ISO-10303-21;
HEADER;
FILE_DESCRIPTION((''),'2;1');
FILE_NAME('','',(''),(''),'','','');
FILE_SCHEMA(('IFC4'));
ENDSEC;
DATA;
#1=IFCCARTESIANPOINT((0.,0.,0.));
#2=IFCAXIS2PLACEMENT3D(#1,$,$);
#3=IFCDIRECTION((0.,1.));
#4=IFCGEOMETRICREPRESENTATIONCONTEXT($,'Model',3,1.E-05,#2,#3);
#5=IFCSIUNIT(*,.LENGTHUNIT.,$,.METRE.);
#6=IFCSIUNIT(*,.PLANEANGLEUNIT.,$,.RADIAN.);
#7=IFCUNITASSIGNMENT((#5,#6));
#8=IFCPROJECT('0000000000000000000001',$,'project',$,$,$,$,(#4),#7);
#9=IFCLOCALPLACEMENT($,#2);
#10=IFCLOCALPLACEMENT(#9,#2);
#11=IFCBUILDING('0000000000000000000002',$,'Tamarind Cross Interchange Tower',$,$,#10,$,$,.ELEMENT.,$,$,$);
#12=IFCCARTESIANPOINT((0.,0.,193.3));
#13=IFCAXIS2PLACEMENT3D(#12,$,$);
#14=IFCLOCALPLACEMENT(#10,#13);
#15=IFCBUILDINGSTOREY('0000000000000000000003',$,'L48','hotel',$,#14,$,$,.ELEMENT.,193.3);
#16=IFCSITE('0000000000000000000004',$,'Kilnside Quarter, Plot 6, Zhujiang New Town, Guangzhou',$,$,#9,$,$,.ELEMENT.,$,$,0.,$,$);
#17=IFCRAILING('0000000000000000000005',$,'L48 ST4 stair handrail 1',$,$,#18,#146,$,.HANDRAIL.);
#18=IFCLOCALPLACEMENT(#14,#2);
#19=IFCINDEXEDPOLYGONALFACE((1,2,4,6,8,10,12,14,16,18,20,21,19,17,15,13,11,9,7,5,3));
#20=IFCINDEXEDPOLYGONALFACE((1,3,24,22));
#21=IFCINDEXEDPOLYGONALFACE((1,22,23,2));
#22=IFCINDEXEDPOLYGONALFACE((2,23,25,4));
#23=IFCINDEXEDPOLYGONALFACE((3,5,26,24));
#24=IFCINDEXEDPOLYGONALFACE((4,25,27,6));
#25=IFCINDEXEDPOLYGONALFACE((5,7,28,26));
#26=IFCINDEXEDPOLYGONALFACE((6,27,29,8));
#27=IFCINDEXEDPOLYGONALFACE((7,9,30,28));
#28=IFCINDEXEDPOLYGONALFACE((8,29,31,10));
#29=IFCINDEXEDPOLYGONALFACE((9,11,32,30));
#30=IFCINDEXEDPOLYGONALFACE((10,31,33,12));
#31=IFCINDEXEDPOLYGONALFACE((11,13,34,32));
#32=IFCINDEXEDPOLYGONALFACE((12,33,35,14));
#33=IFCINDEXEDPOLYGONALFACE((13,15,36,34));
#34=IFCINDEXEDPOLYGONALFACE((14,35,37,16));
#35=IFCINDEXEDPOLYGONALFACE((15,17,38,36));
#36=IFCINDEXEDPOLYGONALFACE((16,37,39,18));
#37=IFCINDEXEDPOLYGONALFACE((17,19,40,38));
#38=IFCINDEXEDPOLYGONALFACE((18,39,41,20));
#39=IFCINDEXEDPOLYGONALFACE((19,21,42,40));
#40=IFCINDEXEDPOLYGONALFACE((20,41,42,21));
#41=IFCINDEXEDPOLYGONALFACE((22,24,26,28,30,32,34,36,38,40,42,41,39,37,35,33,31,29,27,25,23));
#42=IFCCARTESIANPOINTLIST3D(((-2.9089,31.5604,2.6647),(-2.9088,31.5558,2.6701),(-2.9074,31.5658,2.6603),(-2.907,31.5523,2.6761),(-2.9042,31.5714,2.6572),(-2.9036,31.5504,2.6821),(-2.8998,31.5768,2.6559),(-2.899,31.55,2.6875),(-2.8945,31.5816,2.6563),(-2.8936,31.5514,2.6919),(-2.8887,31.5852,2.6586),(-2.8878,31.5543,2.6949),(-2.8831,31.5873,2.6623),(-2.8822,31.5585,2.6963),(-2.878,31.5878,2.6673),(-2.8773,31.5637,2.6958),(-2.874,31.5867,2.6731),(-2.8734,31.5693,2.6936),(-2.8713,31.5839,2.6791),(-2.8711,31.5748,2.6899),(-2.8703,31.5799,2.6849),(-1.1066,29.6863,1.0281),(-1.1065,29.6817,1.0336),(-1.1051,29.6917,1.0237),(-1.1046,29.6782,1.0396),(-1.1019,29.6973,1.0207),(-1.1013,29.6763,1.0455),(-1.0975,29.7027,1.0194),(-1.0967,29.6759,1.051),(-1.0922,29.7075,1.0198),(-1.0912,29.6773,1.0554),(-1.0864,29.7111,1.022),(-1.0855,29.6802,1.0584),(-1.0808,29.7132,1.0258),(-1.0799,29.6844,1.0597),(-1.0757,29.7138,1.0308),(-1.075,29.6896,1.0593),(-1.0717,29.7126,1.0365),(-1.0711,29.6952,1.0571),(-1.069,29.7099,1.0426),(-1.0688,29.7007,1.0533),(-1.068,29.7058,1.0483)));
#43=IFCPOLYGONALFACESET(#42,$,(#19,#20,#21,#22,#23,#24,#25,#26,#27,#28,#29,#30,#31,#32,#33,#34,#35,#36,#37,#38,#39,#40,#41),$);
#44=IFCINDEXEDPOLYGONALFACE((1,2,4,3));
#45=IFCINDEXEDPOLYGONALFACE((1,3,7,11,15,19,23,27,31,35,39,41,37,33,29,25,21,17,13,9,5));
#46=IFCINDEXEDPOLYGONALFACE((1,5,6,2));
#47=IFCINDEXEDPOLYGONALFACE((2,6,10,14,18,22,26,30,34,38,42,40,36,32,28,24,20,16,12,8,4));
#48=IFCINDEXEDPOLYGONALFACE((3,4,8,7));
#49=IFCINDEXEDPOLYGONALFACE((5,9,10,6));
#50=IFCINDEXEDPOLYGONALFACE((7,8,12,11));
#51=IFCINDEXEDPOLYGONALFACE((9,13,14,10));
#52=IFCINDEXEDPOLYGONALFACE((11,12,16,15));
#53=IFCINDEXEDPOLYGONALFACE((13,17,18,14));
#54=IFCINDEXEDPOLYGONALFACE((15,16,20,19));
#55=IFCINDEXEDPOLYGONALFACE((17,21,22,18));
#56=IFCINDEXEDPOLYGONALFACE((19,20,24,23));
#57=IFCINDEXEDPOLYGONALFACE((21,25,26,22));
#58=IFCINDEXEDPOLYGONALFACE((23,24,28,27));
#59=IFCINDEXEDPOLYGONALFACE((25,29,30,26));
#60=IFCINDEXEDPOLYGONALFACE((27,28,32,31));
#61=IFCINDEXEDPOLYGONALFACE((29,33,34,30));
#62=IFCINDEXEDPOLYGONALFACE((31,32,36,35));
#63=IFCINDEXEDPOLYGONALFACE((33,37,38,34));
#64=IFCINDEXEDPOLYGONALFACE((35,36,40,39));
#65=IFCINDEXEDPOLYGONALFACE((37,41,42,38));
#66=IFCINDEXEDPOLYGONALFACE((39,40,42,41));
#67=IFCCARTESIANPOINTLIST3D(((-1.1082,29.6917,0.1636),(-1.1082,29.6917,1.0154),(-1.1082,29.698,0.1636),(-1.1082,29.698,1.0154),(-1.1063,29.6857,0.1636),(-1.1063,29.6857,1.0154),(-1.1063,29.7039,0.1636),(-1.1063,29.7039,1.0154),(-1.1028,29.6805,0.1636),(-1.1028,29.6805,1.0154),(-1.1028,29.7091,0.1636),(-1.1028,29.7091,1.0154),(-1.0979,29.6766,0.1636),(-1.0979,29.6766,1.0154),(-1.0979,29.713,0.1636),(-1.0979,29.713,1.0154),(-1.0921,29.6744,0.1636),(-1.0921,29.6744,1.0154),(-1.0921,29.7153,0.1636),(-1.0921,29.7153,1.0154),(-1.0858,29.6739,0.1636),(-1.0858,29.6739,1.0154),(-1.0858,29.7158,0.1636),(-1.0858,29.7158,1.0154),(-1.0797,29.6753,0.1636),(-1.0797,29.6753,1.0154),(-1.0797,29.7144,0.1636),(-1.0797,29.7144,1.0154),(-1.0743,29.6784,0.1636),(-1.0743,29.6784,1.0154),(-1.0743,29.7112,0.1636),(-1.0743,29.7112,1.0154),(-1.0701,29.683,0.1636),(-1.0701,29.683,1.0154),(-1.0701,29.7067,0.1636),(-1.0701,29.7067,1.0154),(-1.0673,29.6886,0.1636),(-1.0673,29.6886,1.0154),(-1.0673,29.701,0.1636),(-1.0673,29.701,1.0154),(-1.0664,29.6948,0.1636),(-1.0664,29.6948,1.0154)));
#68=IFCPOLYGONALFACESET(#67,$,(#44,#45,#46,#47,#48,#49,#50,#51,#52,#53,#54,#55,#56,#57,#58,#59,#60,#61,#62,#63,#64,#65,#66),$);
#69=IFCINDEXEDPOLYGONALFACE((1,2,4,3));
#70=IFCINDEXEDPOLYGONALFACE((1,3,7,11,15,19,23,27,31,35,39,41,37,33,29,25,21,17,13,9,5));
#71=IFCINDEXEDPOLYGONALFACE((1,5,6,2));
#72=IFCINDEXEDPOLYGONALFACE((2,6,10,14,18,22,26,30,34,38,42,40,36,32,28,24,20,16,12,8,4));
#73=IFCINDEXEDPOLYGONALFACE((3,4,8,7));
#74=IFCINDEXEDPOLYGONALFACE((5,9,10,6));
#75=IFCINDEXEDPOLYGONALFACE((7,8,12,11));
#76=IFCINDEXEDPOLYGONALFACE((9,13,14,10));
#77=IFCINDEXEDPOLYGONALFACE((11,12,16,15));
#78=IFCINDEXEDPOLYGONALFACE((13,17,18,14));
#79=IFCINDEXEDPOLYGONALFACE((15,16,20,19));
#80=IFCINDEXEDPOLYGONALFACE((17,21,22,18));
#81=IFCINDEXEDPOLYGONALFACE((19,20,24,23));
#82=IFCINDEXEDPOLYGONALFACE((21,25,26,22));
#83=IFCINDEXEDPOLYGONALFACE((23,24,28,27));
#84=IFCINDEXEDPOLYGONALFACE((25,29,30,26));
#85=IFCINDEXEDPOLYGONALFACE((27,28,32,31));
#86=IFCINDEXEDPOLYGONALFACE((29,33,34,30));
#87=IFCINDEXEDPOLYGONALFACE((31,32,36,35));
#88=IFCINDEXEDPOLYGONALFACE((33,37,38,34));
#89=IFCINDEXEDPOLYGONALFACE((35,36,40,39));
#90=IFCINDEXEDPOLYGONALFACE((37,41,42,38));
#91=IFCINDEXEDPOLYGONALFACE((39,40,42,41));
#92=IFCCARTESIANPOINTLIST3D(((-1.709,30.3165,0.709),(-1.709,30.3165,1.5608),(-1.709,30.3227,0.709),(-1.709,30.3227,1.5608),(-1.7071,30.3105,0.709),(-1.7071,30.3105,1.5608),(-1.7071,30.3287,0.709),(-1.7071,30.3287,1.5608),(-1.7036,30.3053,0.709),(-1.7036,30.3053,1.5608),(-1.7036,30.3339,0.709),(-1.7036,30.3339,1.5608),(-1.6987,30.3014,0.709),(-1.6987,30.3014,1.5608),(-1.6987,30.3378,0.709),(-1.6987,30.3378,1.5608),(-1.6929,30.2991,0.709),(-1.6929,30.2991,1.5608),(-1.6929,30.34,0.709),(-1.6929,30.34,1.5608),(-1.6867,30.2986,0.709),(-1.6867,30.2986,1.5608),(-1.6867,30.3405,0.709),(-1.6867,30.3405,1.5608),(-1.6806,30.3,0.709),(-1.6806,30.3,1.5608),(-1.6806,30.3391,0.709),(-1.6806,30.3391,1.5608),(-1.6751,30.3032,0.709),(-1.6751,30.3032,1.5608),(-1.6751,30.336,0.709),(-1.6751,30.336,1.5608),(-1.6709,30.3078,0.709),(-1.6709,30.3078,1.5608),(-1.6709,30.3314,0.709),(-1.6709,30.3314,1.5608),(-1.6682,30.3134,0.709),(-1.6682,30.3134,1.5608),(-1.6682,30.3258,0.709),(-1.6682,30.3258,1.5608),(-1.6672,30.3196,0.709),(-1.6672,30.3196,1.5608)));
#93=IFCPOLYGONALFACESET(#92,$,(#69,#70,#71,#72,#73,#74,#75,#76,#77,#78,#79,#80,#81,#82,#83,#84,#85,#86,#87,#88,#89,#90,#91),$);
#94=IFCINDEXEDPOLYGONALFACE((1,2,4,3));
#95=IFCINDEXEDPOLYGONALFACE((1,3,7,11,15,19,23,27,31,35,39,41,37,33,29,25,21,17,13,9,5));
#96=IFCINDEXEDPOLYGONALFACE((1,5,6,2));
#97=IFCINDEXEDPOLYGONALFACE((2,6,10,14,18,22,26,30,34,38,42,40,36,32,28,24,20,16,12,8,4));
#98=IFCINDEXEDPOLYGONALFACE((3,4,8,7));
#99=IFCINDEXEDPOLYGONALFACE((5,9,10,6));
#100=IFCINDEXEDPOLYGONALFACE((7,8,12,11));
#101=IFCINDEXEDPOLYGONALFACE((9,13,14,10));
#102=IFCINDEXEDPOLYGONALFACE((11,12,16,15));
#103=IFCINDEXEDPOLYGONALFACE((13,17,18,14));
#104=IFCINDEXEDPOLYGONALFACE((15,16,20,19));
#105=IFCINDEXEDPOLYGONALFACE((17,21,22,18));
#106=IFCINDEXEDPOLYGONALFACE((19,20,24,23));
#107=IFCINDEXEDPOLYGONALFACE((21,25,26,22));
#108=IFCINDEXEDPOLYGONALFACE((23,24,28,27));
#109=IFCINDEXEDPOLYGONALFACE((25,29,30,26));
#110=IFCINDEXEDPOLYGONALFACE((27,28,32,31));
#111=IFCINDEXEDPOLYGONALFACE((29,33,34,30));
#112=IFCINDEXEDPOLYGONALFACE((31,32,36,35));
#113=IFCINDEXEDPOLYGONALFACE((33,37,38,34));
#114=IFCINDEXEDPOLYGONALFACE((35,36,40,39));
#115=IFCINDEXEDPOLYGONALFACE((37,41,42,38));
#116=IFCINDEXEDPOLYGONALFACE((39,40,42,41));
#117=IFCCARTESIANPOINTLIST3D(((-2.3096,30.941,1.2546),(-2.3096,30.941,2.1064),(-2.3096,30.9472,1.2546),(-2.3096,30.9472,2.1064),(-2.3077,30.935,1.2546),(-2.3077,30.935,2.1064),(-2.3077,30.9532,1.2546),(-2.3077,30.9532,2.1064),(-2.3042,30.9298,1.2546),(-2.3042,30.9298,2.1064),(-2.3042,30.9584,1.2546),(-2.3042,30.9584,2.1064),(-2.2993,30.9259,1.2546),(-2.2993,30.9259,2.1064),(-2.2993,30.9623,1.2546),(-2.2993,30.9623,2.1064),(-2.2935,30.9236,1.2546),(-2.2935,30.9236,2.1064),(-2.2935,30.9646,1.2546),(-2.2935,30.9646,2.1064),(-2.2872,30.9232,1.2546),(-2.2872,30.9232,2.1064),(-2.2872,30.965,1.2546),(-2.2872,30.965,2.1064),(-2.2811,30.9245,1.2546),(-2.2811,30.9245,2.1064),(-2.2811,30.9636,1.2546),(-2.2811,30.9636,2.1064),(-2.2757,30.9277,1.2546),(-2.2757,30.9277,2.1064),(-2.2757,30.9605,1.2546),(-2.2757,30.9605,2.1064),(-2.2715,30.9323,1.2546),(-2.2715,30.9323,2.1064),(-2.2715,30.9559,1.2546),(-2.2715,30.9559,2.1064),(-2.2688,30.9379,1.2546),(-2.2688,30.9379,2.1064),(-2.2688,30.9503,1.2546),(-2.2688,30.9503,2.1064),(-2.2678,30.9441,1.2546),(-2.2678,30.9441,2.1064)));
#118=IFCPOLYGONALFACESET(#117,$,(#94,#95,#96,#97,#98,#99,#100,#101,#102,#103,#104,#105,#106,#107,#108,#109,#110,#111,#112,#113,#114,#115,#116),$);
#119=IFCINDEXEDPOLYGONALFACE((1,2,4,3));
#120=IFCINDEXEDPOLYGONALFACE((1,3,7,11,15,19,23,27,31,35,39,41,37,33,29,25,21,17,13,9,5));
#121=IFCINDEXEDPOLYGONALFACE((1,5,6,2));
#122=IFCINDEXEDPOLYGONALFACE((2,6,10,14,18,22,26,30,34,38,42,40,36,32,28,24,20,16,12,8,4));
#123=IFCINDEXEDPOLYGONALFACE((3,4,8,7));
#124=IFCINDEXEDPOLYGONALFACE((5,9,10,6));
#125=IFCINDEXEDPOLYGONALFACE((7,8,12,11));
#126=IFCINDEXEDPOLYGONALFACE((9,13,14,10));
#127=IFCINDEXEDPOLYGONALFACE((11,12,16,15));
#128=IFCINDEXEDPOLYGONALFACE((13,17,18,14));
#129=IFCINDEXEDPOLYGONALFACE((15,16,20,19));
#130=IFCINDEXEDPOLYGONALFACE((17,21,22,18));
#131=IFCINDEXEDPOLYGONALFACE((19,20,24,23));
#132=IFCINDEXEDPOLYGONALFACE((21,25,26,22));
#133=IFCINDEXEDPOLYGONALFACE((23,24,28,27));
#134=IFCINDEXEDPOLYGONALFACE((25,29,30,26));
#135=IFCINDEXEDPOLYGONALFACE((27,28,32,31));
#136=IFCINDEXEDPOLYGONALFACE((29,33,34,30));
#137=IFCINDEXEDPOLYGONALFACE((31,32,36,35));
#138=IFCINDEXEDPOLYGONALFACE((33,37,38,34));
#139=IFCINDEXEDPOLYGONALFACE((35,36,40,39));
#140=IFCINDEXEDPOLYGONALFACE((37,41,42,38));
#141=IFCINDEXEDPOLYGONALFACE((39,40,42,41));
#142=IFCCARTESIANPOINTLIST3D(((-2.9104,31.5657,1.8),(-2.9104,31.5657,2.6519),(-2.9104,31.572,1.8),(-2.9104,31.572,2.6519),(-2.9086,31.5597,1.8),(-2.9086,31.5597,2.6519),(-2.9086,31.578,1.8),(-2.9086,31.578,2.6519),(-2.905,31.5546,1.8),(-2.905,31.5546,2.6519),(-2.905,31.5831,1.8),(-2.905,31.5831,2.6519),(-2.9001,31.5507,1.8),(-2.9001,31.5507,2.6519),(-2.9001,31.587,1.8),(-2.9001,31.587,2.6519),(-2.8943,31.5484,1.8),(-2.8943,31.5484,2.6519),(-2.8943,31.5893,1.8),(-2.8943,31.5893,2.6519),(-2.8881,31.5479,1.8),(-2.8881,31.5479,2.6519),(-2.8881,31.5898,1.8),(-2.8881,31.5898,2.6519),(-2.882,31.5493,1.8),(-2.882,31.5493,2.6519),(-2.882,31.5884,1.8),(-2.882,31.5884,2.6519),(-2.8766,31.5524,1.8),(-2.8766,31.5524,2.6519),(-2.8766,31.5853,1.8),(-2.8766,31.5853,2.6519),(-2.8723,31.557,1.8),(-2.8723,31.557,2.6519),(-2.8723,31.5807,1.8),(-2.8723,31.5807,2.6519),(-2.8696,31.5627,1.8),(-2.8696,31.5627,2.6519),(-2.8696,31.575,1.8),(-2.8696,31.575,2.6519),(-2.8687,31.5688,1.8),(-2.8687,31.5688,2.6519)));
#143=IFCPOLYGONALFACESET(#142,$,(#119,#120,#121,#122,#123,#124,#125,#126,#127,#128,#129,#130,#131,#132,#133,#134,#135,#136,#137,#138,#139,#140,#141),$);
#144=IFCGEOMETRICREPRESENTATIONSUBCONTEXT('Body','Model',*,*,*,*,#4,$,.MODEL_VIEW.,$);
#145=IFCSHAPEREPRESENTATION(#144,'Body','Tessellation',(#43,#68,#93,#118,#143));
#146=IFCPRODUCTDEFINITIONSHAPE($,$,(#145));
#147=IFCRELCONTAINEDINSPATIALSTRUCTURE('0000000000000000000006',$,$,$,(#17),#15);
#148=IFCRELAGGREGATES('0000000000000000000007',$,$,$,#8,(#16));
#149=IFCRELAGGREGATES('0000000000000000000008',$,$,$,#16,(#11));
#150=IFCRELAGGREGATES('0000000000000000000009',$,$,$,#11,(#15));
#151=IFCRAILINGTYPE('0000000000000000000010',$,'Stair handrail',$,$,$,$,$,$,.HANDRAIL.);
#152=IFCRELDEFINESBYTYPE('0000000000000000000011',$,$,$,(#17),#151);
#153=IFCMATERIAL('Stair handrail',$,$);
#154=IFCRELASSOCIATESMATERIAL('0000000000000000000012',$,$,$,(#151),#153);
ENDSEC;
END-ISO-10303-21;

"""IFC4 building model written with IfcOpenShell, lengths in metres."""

from ifc_helpers import new_model, si_unit, direction, frame, origin, origin_2d, place, context, subcontext, project, spatial, circle, extrude, material, type_object, element, save


model = new_model("IFC4")

# Units and contexts
model_context = context("Model", 3, precision=1e-05, world=origin(), true_north=direction((0.0, 1.0)))
body_context = subcontext(model_context, "Body", "Model", "MODEL_VIEW")
ifc_project = project(units=[si_unit("LENGTHUNIT", "METRE"), si_unit("PLANEANGLEUNIT", "RADIAN")], contexts=[model_context])

# Site, building, storey
site_placement = place(None, origin())
site = spatial("IfcSite", under=ifc_project, at=site_placement, Name="Kilnside Quarter, Plot 6, Zhujiang New Town, Guangzhou", CompositionType="ELEMENT", RefElevation=0.0)
building_placement = place(site_placement, origin())
building = spatial("IfcBuilding", under=site, at=building_placement, Name="Tamarind Cross Interchange Tower", CompositionType="ELEMENT")
storey_placement = place(building_placement, frame((0.0, 0.0, 193.3)))
storey = spatial("IfcBuildingStorey", under=building, at=storey_placement, Name="L48", Description="hotel", CompositionType="ELEMENT", Elevation=193.3)

# Railing
ifc_material_1 = material(Name="Stair handrail")
railing_type_1 = type_object("IfcRailingType", Name="Stair handrail", PredefinedType="HANDRAIL", material=ifc_material_1)
railing_1_placement = place(storey_placement, frame((-1.0874, 29.6948, 0.1636)))
element("IfcRailing", 1, at=railing_1_placement, inside=storey, type_object=railing_type_1, Name="L48 ST4 stair handrail 1", PredefinedType="HANDRAIL", context=body_context, shape_type="SweptSolid", body=[
    extrude(circle(Radius=0.0239, at=origin_2d()), frame((0.0, 0.0, 0.876), z_axis=(-0.58664, 0.610004, 0.532681), x_axis=(-0.720775, -0.693169, 0.0)), (0.0, 0.0, 1.0), 3.0723),
    extrude(circle(Radius=0.021, at=origin_2d()), origin(), (0.0, 0.0, 1.0), 0.8518),
    extrude(circle(Radius=0.021, at=origin_2d()), frame((-0.6008, 0.6248, 0.5454)), (0.0, 0.0, 1.0), 0.8518),
    extrude(circle(Radius=0.021, at=origin_2d()), frame((-1.2014, 1.2493, 1.0911)), (0.0, 0.0, 1.0), 0.8518),
    extrude(circle(Radius=0.021, at=origin_2d()), frame((-1.8022, 1.874, 1.6365)), (0.0, 0.0, 1.0), 0.8518),
])

save(model, "model.ifc")
